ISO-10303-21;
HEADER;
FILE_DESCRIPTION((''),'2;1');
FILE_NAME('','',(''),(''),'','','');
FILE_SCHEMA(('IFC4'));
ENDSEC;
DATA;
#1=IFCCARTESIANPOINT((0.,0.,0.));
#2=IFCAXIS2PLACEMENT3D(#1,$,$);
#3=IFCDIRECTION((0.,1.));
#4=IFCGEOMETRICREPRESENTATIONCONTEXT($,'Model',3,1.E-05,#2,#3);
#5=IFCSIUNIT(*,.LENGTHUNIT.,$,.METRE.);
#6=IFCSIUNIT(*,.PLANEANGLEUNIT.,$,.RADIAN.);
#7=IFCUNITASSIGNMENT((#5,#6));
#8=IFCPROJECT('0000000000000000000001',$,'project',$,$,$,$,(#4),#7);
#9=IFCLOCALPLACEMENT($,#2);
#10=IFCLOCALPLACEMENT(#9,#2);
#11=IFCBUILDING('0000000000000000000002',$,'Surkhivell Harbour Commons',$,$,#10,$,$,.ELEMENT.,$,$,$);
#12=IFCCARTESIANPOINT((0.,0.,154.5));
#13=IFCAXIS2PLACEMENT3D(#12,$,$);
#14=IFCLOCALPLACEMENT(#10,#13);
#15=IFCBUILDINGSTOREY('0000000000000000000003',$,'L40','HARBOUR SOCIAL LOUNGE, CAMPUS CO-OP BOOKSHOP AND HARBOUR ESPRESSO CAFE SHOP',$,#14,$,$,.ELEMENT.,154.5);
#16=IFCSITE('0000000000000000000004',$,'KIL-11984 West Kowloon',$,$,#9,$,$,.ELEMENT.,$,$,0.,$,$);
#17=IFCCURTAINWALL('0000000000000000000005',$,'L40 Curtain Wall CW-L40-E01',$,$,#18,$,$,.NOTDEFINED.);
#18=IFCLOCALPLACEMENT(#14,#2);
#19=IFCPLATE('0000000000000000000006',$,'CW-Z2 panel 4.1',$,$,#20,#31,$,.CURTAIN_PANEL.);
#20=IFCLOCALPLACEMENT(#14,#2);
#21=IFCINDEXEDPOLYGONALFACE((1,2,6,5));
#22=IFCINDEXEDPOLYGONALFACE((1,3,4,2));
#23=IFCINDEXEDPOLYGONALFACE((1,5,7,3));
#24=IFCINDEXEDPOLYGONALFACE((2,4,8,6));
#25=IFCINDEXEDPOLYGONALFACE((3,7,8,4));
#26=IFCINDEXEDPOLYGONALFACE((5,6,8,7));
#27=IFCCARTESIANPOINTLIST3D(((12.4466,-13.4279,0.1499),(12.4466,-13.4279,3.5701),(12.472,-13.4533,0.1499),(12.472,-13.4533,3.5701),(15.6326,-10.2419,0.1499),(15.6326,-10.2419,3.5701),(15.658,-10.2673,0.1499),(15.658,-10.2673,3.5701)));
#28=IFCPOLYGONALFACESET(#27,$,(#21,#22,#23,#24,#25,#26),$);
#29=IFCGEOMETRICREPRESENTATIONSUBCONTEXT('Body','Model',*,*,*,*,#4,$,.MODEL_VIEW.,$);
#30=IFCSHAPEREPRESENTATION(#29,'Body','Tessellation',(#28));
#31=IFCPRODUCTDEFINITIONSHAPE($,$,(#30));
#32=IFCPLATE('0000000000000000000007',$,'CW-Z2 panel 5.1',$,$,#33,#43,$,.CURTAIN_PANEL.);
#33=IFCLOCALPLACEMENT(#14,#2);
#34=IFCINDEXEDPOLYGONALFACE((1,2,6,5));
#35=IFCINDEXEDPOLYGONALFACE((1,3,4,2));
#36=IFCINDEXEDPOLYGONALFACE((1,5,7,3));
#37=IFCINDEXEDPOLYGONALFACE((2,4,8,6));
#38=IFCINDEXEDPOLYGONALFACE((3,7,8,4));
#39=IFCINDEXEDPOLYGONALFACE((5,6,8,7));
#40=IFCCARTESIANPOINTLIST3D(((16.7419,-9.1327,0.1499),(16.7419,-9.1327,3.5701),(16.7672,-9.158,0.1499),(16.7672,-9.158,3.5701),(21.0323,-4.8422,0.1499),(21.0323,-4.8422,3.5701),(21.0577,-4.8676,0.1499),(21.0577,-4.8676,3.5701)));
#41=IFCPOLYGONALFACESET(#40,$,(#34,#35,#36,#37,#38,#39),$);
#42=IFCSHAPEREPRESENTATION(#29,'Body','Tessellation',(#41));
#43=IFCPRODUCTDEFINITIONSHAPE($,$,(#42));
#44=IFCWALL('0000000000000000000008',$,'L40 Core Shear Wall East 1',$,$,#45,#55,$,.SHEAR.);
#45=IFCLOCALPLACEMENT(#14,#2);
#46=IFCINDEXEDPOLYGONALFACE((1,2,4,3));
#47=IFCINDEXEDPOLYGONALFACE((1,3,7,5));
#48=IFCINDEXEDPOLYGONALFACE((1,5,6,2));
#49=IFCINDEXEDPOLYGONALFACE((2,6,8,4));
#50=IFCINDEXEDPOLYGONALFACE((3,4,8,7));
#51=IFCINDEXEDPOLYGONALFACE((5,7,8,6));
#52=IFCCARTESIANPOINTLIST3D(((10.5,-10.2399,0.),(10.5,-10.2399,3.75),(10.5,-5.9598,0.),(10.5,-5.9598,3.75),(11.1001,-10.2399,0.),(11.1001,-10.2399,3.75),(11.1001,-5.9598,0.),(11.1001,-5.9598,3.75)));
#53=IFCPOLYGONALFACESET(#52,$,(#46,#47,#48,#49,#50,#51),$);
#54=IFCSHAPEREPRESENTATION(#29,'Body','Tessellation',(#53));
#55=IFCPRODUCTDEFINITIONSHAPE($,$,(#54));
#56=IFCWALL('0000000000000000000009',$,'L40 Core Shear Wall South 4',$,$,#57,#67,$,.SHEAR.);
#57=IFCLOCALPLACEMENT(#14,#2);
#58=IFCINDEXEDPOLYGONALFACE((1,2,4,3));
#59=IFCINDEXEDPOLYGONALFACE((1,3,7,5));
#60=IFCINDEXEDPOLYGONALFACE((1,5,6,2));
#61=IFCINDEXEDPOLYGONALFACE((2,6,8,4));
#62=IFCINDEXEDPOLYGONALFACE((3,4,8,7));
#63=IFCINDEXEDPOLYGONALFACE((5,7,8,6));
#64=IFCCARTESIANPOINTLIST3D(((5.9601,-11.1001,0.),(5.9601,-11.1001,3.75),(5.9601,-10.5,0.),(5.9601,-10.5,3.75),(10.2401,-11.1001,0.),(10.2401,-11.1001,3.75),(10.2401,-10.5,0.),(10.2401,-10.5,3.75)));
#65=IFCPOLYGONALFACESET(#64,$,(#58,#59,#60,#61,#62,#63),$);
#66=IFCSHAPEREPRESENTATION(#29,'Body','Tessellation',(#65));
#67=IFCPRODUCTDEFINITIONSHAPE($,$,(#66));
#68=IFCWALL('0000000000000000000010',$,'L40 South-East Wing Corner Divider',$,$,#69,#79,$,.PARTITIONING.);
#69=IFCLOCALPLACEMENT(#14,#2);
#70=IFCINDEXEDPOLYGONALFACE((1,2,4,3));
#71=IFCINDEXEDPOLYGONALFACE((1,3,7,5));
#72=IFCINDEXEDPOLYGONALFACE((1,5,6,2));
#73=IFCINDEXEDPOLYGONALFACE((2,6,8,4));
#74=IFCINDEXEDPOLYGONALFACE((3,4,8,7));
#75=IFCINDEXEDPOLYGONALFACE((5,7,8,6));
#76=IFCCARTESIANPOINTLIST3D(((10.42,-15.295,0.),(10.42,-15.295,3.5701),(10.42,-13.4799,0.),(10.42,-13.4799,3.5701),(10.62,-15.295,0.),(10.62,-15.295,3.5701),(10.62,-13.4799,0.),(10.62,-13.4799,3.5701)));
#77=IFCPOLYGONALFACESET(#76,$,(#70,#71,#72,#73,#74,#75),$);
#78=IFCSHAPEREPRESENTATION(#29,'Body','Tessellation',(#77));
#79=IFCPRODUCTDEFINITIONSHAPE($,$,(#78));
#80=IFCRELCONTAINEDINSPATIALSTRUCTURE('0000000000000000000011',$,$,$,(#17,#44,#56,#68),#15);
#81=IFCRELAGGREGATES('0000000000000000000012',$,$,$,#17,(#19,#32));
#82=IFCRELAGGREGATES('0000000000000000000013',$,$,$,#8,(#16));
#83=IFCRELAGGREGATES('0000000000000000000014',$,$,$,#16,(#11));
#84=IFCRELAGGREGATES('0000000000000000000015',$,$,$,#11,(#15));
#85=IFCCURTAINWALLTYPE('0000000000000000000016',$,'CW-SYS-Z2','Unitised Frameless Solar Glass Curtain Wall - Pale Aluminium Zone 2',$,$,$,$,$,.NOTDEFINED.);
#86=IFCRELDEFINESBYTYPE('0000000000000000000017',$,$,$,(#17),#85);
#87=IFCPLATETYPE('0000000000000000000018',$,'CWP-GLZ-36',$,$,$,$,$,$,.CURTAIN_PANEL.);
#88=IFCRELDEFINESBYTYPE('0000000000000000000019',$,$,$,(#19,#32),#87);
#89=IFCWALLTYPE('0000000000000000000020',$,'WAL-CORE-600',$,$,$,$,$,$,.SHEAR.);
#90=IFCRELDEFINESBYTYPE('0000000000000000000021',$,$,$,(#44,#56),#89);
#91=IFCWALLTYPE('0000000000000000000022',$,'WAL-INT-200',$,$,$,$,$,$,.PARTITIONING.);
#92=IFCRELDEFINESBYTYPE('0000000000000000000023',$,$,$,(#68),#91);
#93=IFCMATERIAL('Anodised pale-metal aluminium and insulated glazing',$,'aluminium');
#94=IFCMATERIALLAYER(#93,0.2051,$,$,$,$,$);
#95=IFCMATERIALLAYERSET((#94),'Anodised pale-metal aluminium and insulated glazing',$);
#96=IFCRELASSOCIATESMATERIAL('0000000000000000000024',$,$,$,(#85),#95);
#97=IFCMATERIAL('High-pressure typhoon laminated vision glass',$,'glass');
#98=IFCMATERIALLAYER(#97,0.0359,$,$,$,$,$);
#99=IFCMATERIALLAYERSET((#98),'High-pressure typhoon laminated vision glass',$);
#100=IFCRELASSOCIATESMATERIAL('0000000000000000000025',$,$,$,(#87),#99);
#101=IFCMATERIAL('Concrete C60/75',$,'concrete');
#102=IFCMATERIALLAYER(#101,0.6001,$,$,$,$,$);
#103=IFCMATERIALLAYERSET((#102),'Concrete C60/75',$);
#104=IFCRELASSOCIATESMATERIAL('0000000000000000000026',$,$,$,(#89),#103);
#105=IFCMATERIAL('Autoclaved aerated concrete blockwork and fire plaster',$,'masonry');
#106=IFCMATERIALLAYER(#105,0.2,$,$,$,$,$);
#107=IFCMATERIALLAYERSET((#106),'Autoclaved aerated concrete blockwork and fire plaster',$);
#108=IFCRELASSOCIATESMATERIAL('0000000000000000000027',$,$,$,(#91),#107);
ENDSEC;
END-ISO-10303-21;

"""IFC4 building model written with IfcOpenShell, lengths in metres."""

from ifc_helpers import new_model, si_unit, direction, frame, frame_2d, origin, place, context, subcontext, project, spatial, rectangle, extrude, material, layer, layer_set, type_object, element, aggregate, save


model = new_model("IFC4")

# Units and contexts
model_context = context("Model", 3, precision=1e-05, world=origin(), true_north=direction((0.0, 1.0)))
body_context = subcontext(model_context, "Body", "Model", "MODEL_VIEW")
ifc_project = project(units=[si_unit("LENGTHUNIT", "METRE"), si_unit("PLANEANGLEUNIT", "RADIAN")], contexts=[model_context])

# Site, building, storey
site_placement = place(None, origin())
site = spatial("IfcSite", under=ifc_project, at=site_placement, Name="KIL-11984 West Kowloon", CompositionType="ELEMENT", RefElevation=0.0)
building_placement = place(site_placement, origin())
building = spatial("IfcBuilding", under=site, at=building_placement, Name="Surkhivell Harbour Commons", CompositionType="ELEMENT")
storey_placement = place(building_placement, frame((0.0, 0.0, 154.5)))
storey = spatial("IfcBuildingStorey", under=building, at=storey_placement, Name="L40", Description="HARBOUR SOCIAL LOUNGE, CAMPUS CO-OP BOOKSHOP AND HARBOUR ESPRESSO CAFE SHOP", CompositionType="ELEMENT", Elevation=154.5)

# Shared definitions
ifc_material_1 = material(Name="Concrete C60/75", Category="concrete")

# Curtain wall, plates
ifc_material_2 = material(Name="Anodised pale-metal aluminium and insulated glazing", Category="aluminium")
ifc_layer_1 = layer(ifc_material_2, 0.2051)
ifc_layer_set_1 = layer_set([ifc_layer_1], Name="Anodised pale-metal aluminium and insulated glazing")
curtain_wall_type = type_object("IfcCurtainWallType", Name="CW-SYS-Z2", Description="Unitised Frameless Solar Glass Curtain Wall - Pale Aluminium Zone 2", PredefinedType="NOTDEFINED", material=ifc_layer_set_1)
curtain_wall_placement = place(storey_placement, origin())
curtain_wall = element("IfcCurtainWall", 1, at=curtain_wall_placement, inside=storey, type_object=curtain_wall_type, Name="L40 Curtain Wall CW-L40-E01", PredefinedType="NOTDEFINED")
ifc_material_3 = material(Name="High-pressure typhoon laminated vision glass", Category="glass")
ifc_layer_2 = layer(ifc_material_3, 0.0359)
ifc_layer_set_2 = layer_set([ifc_layer_2], Name="High-pressure typhoon laminated vision glass")
plate_type = type_object("IfcPlateType", Name="CWP-GLZ-36", PredefinedType="CURTAIN_PANEL", material=ifc_layer_set_2)
plate_1_placement = place(storey_placement, frame((12.4592, -13.4407, 0.1499), z_axis=(0.0, 0.0, 1.0), x_axis=(0.707107, 0.707107, 0.0)))
plate_1 = element("IfcPlate", 2, at=plate_1_placement, type_object=plate_type, Name="CW-Z2 panel 4.1", PredefinedType="CURTAIN_PANEL", context=body_context, shape_type="SweptSolid", body=[
    extrude(rectangle(XDim=4.5056, YDim=0.0359, at=frame_2d((2.2529, 0.0))), origin(), (0.0, 0.0, 1.0), 3.4202),
])
plate_2_placement = place(storey_placement, frame((16.7546, -9.1453, 0.1499), z_axis=(0.0, 0.0, 1.0), x_axis=(0.707107, 0.707107, 0.0)))
plate_2 = element("IfcPlate", 3, at=plate_2_placement, type_object=plate_type, Name="CW-Z2 panel 5.1", PredefinedType="CURTAIN_PANEL", context=body_context, shape_type="SweptSolid", body=[
    extrude(rectangle(XDim=6.0676, YDim=0.0359, at=frame_2d((3.0337, 0.0))), origin(), (0.0, 0.0, 1.0), 3.4202),
])
aggregate(curtain_wall, [plate_1, plate_2])

# Walls
ifc_layer_3 = layer(ifc_material_1, 0.6001)
ifc_layer_set_3 = layer_set([ifc_layer_3], Name="Concrete C60/75")
wall_type_1 = type_object("IfcWallType", Name="WAL-CORE-600", PredefinedType="SHEAR", material=ifc_layer_set_3)
for number, where, z_axis, x_axis, name in (
    (4, (10.8, -10.24, 0.0), (0.0, 0.0, 1.0), (0.0, 1.0, 0.0), "L40 Core Shear Wall East 1"),
    (5, (5.96, -10.8, 0.0), (0.0, 0.0, 1.0), (1.0, 0.0, 0.0), "L40 Core Shear Wall South 4"),
):
    element("IfcWall", number, at=place(storey_placement, frame(where, z_axis=z_axis, x_axis=x_axis)), inside=storey, type_object=wall_type_1, Name=name, PredefinedType="SHEAR", context=body_context, shape_type="SweptSolid", body=[
        extrude(rectangle(XDim=4.28, YDim=0.6001, at=frame_2d((2.1401, 0.0))), origin(), (0.0, 0.0, 1.0), 3.75),
    ])
ifc_material_4 = material(Name="Autoclaved aerated concrete blockwork and fire plaster", Category="masonry")
ifc_layer_4 = layer(ifc_material_4, 0.2)
ifc_layer_set_4 = layer_set([ifc_layer_4], Name="Autoclaved aerated concrete blockwork and fire plaster")
wall_type_2 = type_object("IfcWallType", Name="WAL-INT-200", PredefinedType="PARTITIONING", material=ifc_layer_set_4)
wall_1_placement = place(storey_placement, frame((10.52, -15.2952, 0.0), z_axis=(0.0, 0.0, 1.0), x_axis=(0.0, 1.0, 0.0)))
element("IfcWall", 6, at=wall_1_placement, inside=storey, type_object=wall_type_2, Name="L40 South-East Wing Corner Divider", PredefinedType="PARTITIONING", context=body_context, shape_type="SweptSolid", body=[
    extrude(rectangle(XDim=1.8152, YDim=0.2, at=frame_2d((0.9077, 0.0))), origin(), (0.0, 0.0, 1.0), 3.5701),
])

save(model, "model.ifc")
